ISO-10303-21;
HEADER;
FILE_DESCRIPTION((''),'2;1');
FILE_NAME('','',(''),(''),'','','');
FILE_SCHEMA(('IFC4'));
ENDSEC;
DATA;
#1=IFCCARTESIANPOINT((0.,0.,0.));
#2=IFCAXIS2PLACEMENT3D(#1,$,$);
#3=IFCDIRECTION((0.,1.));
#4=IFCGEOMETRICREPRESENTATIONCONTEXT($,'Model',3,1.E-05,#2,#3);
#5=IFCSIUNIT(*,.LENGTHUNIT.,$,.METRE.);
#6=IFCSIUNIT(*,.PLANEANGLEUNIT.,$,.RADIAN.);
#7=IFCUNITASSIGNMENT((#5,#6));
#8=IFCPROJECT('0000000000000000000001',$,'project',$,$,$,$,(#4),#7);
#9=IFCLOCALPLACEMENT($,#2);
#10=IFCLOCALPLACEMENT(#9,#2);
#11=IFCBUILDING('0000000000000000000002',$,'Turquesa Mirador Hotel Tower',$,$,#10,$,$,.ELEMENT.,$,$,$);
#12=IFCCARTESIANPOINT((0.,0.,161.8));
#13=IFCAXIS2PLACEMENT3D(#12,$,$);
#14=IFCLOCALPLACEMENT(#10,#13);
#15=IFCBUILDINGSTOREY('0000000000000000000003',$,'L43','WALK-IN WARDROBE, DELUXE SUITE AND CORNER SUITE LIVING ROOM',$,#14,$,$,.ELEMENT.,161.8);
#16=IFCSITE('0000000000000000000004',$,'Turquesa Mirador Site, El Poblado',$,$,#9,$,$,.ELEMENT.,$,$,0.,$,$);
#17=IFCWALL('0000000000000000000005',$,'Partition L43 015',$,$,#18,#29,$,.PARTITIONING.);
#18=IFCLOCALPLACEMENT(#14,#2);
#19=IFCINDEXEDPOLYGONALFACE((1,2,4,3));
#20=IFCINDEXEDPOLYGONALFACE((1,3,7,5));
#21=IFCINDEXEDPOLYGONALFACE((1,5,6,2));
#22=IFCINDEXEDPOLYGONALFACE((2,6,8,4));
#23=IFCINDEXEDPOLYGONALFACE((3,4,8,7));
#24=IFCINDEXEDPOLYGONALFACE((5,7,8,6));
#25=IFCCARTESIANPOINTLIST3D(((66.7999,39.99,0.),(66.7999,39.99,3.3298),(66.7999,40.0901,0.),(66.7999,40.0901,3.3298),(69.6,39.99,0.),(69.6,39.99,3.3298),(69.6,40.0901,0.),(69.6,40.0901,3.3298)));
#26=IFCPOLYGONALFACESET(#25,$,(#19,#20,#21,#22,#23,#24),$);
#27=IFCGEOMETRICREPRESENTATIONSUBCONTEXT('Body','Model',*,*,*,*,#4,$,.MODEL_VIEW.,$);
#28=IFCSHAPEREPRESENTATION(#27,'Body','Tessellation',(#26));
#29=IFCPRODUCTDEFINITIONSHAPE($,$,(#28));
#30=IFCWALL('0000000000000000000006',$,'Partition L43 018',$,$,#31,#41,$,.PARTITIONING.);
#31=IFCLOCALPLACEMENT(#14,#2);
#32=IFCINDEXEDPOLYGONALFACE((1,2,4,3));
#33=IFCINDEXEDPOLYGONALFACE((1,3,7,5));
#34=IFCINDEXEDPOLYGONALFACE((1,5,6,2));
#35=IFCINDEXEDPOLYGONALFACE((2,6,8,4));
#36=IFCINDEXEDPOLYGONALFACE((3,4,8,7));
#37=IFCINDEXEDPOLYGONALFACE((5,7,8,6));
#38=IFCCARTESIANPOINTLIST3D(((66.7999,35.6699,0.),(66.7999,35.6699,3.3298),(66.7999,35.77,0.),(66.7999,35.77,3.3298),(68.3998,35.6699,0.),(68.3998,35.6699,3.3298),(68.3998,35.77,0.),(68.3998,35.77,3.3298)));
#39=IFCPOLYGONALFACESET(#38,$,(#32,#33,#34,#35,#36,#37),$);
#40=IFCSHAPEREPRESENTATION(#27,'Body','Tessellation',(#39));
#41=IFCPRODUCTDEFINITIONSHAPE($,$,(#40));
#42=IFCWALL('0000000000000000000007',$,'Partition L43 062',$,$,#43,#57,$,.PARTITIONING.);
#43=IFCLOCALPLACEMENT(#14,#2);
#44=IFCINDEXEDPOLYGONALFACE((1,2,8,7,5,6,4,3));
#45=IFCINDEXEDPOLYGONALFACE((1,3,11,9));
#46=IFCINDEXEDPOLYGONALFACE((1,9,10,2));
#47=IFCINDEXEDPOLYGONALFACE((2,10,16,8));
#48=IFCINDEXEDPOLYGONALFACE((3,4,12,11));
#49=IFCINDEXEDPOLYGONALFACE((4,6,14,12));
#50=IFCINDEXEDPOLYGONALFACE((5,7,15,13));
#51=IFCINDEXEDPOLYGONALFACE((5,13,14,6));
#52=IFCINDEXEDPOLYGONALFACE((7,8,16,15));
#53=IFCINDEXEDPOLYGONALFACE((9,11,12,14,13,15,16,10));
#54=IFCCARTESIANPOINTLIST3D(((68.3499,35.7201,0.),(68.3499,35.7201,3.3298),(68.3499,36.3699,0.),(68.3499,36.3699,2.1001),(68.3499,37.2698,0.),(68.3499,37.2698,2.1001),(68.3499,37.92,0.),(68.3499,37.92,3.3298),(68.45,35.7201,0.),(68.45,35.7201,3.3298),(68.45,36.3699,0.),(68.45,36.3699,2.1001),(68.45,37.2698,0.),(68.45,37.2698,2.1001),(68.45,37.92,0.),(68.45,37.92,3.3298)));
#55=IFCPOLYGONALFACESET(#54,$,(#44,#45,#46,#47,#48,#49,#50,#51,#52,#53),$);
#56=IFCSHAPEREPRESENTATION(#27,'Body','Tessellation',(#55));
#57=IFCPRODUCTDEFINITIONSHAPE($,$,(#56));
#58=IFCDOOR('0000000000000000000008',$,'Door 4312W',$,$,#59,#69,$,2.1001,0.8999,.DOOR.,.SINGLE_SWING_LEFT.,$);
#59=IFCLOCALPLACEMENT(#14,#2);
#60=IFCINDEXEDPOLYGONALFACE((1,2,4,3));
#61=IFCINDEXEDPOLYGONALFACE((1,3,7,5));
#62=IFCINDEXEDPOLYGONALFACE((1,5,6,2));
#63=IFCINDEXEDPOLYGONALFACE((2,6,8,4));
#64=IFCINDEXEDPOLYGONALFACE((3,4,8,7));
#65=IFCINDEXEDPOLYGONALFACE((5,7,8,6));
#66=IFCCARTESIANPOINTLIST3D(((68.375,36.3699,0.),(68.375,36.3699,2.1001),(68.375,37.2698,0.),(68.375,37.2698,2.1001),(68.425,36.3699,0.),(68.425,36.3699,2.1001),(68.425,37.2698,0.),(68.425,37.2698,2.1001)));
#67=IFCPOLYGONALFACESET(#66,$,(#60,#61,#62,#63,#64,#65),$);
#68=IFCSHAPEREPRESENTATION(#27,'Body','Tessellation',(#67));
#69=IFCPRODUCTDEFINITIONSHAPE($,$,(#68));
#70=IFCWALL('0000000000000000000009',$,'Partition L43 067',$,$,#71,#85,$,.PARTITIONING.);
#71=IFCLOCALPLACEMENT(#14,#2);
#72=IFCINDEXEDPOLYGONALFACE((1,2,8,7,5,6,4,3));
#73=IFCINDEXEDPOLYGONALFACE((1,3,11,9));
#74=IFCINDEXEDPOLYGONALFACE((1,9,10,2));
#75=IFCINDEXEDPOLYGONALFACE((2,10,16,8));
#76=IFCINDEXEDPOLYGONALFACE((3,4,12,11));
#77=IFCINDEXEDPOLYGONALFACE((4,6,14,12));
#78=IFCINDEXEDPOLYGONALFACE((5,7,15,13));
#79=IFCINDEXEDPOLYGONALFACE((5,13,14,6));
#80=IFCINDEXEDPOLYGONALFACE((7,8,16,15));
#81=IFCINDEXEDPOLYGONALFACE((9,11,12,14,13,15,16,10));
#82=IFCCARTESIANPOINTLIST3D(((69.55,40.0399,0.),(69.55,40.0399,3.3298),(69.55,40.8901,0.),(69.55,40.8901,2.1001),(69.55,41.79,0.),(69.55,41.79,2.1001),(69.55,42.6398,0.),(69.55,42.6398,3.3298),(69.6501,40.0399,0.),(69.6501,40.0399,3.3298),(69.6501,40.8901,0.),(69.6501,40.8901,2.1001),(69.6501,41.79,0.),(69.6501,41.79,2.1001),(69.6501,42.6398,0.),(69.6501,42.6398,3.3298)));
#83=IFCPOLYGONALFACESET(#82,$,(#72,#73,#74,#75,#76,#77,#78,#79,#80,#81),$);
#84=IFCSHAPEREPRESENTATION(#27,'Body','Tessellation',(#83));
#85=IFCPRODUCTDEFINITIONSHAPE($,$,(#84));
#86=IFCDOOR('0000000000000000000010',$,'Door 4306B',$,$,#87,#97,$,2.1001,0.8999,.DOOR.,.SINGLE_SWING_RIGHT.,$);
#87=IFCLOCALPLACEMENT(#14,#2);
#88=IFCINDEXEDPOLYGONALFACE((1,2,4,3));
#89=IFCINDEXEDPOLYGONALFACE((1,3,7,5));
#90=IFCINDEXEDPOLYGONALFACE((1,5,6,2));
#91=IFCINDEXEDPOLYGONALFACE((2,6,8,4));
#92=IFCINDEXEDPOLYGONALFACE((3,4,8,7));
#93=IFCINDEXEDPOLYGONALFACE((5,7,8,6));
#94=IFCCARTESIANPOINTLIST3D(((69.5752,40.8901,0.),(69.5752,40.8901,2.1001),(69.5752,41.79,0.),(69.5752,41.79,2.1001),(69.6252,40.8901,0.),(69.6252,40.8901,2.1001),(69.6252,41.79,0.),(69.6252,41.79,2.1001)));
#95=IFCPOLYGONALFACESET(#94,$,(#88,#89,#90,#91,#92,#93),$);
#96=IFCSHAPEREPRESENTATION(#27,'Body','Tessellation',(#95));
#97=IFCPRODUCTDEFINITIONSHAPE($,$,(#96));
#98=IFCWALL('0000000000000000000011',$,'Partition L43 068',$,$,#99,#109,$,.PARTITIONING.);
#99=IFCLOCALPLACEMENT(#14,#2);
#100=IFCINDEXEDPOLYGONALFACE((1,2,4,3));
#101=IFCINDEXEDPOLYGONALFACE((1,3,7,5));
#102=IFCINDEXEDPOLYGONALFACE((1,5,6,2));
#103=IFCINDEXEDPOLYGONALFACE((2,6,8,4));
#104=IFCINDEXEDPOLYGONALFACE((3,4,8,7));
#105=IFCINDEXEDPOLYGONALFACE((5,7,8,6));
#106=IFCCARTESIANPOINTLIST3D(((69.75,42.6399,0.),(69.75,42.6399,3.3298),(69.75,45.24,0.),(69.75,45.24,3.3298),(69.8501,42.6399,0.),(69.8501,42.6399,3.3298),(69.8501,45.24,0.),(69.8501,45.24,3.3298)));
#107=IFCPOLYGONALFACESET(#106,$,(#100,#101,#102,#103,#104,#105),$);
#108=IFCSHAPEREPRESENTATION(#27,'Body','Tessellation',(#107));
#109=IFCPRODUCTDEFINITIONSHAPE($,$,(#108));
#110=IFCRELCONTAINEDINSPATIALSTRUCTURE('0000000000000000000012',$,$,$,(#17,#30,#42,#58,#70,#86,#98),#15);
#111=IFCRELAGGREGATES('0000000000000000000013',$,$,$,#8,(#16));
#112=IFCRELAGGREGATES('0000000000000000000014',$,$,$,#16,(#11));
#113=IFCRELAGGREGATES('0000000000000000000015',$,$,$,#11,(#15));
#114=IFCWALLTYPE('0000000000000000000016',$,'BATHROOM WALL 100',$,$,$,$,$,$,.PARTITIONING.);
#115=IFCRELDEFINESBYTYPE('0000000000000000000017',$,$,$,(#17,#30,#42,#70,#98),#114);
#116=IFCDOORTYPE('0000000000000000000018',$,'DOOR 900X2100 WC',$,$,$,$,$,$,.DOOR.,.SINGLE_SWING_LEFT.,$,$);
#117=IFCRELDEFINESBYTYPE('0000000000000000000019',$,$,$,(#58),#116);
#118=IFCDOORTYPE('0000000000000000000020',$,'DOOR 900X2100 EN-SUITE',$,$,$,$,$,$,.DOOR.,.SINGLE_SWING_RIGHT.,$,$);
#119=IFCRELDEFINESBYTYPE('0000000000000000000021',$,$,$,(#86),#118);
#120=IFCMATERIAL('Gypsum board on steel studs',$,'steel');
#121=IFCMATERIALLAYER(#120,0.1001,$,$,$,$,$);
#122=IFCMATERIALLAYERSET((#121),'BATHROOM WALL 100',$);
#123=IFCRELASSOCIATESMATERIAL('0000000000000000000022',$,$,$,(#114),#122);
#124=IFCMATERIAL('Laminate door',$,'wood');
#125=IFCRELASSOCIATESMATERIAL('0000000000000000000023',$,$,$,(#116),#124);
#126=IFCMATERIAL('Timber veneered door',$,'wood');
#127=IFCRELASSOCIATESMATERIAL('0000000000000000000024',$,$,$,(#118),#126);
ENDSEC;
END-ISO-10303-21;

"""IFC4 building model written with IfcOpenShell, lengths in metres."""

from ifc_helpers import new_model, si_unit, direction, frame, frame_2d, origin, place, context, subcontext, project, spatial, rectangle, extrude, material, layer, layer_set, type_object, element, fill, save


model = new_model("IFC4")

# Units and contexts
model_context = context("Model", 3, precision=1e-05, world=origin(), true_north=direction((0.0, 1.0)))
body_context = subcontext(model_context, "Body", "Model", "MODEL_VIEW")
ifc_project = project(units=[si_unit("LENGTHUNIT", "METRE"), si_unit("PLANEANGLEUNIT", "RADIAN")], contexts=[model_context])

# Site, building, storey
site_placement = place(None, origin())
site = spatial("IfcSite", under=ifc_project, at=site_placement, Name="Turquesa Mirador Site, El Poblado", CompositionType="ELEMENT", RefElevation=0.0)
building_placement = place(site_placement, origin())
building = spatial("IfcBuilding", under=site, at=building_placement, Name="Turquesa Mirador Hotel Tower", CompositionType="ELEMENT")
storey_placement = place(building_placement, frame((0.0, 0.0, 161.8)))
storey = spatial("IfcBuildingStorey", under=building, at=storey_placement, Name="L43", Description="WALK-IN WARDROBE, DELUXE SUITE AND CORNER SUITE LIVING ROOM", CompositionType="ELEMENT", Elevation=161.8)

# Walls
ifc_material_1 = material(Name="Gypsum board on steel studs", Category="steel")
ifc_layer_1 = layer(ifc_material_1, 0.1001)
ifc_layer_set_1 = layer_set([ifc_layer_1], Name="BATHROOM WALL 100")
wall_type_1 = type_object("IfcWallType", Name="BATHROOM WALL 100", PredefinedType="PARTITIONING", material=ifc_layer_set_1)
wall_1_placement = place(storey_placement, frame((66.8, 40.04, 0.0), z_axis=(0.0, 0.0, 1.0), x_axis=(1.0, 0.0, 0.0)))
element("IfcWall", 1, at=wall_1_placement, inside=storey, type_object=wall_type_1, Name="Partition L43 015", PredefinedType="PARTITIONING", context=body_context, shape_type="SweptSolid", body=[
    extrude(rectangle(XDim=2.8, YDim=0.1001, at=frame_2d((1.3999, 0.0))), origin(), (0.0, 0.0, 1.0), 3.3298),
])
wall_2_placement = place(storey_placement, frame((66.8, 35.72, 0.0), z_axis=(0.0, 0.0, 1.0), x_axis=(1.0, 0.0, 0.0)))
element("IfcWall", 2, at=wall_2_placement, inside=storey, type_object=wall_type_1, Name="Partition L43 018", PredefinedType="PARTITIONING", context=body_context, shape_type="SweptSolid", body=[
    extrude(rectangle(XDim=1.5999, YDim=0.1001, at=frame_2d((0.7998, 0.0))), origin(), (0.0, 0.0, 1.0), 3.3298),
])

# Walls, openings, doors
wall_3_placement = place(storey_placement, frame((68.3999, 35.72, 0.0), z_axis=(0.0, 0.0, 1.0), x_axis=(0.0, 1.0, 0.0)))
wall_3 = element("IfcWall", 3, at=wall_3_placement, inside=storey, type_object=wall_type_1, Name="Partition L43 062", PredefinedType="PARTITIONING", context=body_context, shape_type="SweptSolid", body=[
    extrude(rectangle(XDim=2.2, YDim=0.1001, at=frame_2d((1.1001, 0.0))), origin(), (0.0, 0.0, 1.0), 3.3298),
])
opening_1_placement = place(wall_3_placement, frame((0.6499, 0.0, 0.0)))
opening_1 = element("IfcOpeningElement", 4, at=opening_1_placement, cuts=wall_3, PredefinedType="OPENING", context=body_context, shape_type="SweptSolid", body=[
    extrude(rectangle(XDim=0.8999, YDim=2.1001, at=frame_2d((0.45, 1.05))), frame((0.0, 0.0601, 0.0), z_axis=(0.0, -1.0, 0.0), x_axis=(1.0, 0.0, 0.0)), (0.0, 0.0, 1.0), 0.1201),
])
ifc_material_2 = material(Name="Laminate door", Category="wood")
door_type_1 = type_object("IfcDoorType", Name="DOOR 900X2100 WC", OperationType="SINGLE_SWING_LEFT", PredefinedType="DOOR", material=ifc_material_2)
door_1_placement = place(opening_1_placement, origin())
door_1 = element("IfcDoor", 5, at=door_1_placement, inside=storey, type_object=door_type_1, Name="Door 4312W", OperationType="SINGLE_SWING_LEFT", OverallHeight=2.1001, OverallWidth=0.8999, PredefinedType="DOOR", context=body_context, shape_type="SweptSolid", body=[
    extrude(rectangle(XDim=0.8999, YDim=2.1001, at=frame_2d((0.45, 1.05))), frame((0.0, 0.0249, 0.0), z_axis=(0.0, -1.0, 0.0), x_axis=(1.0, 0.0, 0.0)), (0.0, 0.0, 1.0), 0.05),
])
fill(opening_1, door_1)
wall_4_placement = place(storey_placement, frame((69.6001, 40.04, 0.0), z_axis=(0.0, 0.0, 1.0), x_axis=(0.0, 1.0, 0.0)))
wall_4 = element("IfcWall", 6, at=wall_4_placement, inside=storey, type_object=wall_type_1, Name="Partition L43 067", PredefinedType="PARTITIONING", context=body_context, shape_type="SweptSolid", body=[
    extrude(rectangle(XDim=2.5999, YDim=0.1001, at=frame_2d((1.2998, 0.0))), origin(), (0.0, 0.0, 1.0), 3.3298),
])
opening_2_placement = place(wall_4_placement, frame((0.8501, 0.0, 0.0)))
opening_2 = element("IfcOpeningElement", 7, at=opening_2_placement, cuts=wall_4, PredefinedType="OPENING", context=body_context, shape_type="SweptSolid", body=[
    extrude(rectangle(XDim=0.8999, YDim=2.1001, at=frame_2d((0.45, 1.05))), frame((0.0, 0.0601, 0.0), z_axis=(0.0, -1.0, 0.0), x_axis=(1.0, 0.0, 0.0)), (0.0, 0.0, 1.0), 0.1201),
])
ifc_material_3 = material(Name="Timber veneered door", Category="wood")
door_type_2 = type_object("IfcDoorType", Name="DOOR 900X2100 EN-SUITE", OperationType="SINGLE_SWING_RIGHT", PredefinedType="DOOR", material=ifc_material_3)
door_2_placement = place(opening_2_placement, origin())
door_2 = element("IfcDoor", 8, at=door_2_placement, inside=storey, type_object=door_type_2, Name="Door 4306B", OperationType="SINGLE_SWING_RIGHT", OverallHeight=2.1001, OverallWidth=0.8999, PredefinedType="DOOR", context=body_context, shape_type="SweptSolid", body=[
    extrude(rectangle(XDim=0.8999, YDim=2.1001, at=frame_2d((0.45, 1.05))), frame((0.0, 0.0249, 0.0), z_axis=(0.0, -1.0, 0.0), x_axis=(1.0, 0.0, 0.0)), (0.0, 0.0, 1.0), 0.05),
])
fill(opening_2, door_2)

# Wall
wall_5_placement = place(storey_placement, frame((69.8, 42.6399, 0.0), z_axis=(0.0, 0.0, 1.0), x_axis=(0.0, 1.0, 0.0)))
element("IfcWall", 9, at=wall_5_placement, inside=storey, type_object=wall_type_1, Name="Partition L43 068", PredefinedType="PARTITIONING", context=body_context, shape_type="SweptSolid", body=[
    extrude(rectangle(XDim=2.6001, YDim=0.1001, at=frame_2d((1.3, 0.0))), origin(), (0.0, 0.0, 1.0), 3.3298),
])

save(model, "model.ifc")
